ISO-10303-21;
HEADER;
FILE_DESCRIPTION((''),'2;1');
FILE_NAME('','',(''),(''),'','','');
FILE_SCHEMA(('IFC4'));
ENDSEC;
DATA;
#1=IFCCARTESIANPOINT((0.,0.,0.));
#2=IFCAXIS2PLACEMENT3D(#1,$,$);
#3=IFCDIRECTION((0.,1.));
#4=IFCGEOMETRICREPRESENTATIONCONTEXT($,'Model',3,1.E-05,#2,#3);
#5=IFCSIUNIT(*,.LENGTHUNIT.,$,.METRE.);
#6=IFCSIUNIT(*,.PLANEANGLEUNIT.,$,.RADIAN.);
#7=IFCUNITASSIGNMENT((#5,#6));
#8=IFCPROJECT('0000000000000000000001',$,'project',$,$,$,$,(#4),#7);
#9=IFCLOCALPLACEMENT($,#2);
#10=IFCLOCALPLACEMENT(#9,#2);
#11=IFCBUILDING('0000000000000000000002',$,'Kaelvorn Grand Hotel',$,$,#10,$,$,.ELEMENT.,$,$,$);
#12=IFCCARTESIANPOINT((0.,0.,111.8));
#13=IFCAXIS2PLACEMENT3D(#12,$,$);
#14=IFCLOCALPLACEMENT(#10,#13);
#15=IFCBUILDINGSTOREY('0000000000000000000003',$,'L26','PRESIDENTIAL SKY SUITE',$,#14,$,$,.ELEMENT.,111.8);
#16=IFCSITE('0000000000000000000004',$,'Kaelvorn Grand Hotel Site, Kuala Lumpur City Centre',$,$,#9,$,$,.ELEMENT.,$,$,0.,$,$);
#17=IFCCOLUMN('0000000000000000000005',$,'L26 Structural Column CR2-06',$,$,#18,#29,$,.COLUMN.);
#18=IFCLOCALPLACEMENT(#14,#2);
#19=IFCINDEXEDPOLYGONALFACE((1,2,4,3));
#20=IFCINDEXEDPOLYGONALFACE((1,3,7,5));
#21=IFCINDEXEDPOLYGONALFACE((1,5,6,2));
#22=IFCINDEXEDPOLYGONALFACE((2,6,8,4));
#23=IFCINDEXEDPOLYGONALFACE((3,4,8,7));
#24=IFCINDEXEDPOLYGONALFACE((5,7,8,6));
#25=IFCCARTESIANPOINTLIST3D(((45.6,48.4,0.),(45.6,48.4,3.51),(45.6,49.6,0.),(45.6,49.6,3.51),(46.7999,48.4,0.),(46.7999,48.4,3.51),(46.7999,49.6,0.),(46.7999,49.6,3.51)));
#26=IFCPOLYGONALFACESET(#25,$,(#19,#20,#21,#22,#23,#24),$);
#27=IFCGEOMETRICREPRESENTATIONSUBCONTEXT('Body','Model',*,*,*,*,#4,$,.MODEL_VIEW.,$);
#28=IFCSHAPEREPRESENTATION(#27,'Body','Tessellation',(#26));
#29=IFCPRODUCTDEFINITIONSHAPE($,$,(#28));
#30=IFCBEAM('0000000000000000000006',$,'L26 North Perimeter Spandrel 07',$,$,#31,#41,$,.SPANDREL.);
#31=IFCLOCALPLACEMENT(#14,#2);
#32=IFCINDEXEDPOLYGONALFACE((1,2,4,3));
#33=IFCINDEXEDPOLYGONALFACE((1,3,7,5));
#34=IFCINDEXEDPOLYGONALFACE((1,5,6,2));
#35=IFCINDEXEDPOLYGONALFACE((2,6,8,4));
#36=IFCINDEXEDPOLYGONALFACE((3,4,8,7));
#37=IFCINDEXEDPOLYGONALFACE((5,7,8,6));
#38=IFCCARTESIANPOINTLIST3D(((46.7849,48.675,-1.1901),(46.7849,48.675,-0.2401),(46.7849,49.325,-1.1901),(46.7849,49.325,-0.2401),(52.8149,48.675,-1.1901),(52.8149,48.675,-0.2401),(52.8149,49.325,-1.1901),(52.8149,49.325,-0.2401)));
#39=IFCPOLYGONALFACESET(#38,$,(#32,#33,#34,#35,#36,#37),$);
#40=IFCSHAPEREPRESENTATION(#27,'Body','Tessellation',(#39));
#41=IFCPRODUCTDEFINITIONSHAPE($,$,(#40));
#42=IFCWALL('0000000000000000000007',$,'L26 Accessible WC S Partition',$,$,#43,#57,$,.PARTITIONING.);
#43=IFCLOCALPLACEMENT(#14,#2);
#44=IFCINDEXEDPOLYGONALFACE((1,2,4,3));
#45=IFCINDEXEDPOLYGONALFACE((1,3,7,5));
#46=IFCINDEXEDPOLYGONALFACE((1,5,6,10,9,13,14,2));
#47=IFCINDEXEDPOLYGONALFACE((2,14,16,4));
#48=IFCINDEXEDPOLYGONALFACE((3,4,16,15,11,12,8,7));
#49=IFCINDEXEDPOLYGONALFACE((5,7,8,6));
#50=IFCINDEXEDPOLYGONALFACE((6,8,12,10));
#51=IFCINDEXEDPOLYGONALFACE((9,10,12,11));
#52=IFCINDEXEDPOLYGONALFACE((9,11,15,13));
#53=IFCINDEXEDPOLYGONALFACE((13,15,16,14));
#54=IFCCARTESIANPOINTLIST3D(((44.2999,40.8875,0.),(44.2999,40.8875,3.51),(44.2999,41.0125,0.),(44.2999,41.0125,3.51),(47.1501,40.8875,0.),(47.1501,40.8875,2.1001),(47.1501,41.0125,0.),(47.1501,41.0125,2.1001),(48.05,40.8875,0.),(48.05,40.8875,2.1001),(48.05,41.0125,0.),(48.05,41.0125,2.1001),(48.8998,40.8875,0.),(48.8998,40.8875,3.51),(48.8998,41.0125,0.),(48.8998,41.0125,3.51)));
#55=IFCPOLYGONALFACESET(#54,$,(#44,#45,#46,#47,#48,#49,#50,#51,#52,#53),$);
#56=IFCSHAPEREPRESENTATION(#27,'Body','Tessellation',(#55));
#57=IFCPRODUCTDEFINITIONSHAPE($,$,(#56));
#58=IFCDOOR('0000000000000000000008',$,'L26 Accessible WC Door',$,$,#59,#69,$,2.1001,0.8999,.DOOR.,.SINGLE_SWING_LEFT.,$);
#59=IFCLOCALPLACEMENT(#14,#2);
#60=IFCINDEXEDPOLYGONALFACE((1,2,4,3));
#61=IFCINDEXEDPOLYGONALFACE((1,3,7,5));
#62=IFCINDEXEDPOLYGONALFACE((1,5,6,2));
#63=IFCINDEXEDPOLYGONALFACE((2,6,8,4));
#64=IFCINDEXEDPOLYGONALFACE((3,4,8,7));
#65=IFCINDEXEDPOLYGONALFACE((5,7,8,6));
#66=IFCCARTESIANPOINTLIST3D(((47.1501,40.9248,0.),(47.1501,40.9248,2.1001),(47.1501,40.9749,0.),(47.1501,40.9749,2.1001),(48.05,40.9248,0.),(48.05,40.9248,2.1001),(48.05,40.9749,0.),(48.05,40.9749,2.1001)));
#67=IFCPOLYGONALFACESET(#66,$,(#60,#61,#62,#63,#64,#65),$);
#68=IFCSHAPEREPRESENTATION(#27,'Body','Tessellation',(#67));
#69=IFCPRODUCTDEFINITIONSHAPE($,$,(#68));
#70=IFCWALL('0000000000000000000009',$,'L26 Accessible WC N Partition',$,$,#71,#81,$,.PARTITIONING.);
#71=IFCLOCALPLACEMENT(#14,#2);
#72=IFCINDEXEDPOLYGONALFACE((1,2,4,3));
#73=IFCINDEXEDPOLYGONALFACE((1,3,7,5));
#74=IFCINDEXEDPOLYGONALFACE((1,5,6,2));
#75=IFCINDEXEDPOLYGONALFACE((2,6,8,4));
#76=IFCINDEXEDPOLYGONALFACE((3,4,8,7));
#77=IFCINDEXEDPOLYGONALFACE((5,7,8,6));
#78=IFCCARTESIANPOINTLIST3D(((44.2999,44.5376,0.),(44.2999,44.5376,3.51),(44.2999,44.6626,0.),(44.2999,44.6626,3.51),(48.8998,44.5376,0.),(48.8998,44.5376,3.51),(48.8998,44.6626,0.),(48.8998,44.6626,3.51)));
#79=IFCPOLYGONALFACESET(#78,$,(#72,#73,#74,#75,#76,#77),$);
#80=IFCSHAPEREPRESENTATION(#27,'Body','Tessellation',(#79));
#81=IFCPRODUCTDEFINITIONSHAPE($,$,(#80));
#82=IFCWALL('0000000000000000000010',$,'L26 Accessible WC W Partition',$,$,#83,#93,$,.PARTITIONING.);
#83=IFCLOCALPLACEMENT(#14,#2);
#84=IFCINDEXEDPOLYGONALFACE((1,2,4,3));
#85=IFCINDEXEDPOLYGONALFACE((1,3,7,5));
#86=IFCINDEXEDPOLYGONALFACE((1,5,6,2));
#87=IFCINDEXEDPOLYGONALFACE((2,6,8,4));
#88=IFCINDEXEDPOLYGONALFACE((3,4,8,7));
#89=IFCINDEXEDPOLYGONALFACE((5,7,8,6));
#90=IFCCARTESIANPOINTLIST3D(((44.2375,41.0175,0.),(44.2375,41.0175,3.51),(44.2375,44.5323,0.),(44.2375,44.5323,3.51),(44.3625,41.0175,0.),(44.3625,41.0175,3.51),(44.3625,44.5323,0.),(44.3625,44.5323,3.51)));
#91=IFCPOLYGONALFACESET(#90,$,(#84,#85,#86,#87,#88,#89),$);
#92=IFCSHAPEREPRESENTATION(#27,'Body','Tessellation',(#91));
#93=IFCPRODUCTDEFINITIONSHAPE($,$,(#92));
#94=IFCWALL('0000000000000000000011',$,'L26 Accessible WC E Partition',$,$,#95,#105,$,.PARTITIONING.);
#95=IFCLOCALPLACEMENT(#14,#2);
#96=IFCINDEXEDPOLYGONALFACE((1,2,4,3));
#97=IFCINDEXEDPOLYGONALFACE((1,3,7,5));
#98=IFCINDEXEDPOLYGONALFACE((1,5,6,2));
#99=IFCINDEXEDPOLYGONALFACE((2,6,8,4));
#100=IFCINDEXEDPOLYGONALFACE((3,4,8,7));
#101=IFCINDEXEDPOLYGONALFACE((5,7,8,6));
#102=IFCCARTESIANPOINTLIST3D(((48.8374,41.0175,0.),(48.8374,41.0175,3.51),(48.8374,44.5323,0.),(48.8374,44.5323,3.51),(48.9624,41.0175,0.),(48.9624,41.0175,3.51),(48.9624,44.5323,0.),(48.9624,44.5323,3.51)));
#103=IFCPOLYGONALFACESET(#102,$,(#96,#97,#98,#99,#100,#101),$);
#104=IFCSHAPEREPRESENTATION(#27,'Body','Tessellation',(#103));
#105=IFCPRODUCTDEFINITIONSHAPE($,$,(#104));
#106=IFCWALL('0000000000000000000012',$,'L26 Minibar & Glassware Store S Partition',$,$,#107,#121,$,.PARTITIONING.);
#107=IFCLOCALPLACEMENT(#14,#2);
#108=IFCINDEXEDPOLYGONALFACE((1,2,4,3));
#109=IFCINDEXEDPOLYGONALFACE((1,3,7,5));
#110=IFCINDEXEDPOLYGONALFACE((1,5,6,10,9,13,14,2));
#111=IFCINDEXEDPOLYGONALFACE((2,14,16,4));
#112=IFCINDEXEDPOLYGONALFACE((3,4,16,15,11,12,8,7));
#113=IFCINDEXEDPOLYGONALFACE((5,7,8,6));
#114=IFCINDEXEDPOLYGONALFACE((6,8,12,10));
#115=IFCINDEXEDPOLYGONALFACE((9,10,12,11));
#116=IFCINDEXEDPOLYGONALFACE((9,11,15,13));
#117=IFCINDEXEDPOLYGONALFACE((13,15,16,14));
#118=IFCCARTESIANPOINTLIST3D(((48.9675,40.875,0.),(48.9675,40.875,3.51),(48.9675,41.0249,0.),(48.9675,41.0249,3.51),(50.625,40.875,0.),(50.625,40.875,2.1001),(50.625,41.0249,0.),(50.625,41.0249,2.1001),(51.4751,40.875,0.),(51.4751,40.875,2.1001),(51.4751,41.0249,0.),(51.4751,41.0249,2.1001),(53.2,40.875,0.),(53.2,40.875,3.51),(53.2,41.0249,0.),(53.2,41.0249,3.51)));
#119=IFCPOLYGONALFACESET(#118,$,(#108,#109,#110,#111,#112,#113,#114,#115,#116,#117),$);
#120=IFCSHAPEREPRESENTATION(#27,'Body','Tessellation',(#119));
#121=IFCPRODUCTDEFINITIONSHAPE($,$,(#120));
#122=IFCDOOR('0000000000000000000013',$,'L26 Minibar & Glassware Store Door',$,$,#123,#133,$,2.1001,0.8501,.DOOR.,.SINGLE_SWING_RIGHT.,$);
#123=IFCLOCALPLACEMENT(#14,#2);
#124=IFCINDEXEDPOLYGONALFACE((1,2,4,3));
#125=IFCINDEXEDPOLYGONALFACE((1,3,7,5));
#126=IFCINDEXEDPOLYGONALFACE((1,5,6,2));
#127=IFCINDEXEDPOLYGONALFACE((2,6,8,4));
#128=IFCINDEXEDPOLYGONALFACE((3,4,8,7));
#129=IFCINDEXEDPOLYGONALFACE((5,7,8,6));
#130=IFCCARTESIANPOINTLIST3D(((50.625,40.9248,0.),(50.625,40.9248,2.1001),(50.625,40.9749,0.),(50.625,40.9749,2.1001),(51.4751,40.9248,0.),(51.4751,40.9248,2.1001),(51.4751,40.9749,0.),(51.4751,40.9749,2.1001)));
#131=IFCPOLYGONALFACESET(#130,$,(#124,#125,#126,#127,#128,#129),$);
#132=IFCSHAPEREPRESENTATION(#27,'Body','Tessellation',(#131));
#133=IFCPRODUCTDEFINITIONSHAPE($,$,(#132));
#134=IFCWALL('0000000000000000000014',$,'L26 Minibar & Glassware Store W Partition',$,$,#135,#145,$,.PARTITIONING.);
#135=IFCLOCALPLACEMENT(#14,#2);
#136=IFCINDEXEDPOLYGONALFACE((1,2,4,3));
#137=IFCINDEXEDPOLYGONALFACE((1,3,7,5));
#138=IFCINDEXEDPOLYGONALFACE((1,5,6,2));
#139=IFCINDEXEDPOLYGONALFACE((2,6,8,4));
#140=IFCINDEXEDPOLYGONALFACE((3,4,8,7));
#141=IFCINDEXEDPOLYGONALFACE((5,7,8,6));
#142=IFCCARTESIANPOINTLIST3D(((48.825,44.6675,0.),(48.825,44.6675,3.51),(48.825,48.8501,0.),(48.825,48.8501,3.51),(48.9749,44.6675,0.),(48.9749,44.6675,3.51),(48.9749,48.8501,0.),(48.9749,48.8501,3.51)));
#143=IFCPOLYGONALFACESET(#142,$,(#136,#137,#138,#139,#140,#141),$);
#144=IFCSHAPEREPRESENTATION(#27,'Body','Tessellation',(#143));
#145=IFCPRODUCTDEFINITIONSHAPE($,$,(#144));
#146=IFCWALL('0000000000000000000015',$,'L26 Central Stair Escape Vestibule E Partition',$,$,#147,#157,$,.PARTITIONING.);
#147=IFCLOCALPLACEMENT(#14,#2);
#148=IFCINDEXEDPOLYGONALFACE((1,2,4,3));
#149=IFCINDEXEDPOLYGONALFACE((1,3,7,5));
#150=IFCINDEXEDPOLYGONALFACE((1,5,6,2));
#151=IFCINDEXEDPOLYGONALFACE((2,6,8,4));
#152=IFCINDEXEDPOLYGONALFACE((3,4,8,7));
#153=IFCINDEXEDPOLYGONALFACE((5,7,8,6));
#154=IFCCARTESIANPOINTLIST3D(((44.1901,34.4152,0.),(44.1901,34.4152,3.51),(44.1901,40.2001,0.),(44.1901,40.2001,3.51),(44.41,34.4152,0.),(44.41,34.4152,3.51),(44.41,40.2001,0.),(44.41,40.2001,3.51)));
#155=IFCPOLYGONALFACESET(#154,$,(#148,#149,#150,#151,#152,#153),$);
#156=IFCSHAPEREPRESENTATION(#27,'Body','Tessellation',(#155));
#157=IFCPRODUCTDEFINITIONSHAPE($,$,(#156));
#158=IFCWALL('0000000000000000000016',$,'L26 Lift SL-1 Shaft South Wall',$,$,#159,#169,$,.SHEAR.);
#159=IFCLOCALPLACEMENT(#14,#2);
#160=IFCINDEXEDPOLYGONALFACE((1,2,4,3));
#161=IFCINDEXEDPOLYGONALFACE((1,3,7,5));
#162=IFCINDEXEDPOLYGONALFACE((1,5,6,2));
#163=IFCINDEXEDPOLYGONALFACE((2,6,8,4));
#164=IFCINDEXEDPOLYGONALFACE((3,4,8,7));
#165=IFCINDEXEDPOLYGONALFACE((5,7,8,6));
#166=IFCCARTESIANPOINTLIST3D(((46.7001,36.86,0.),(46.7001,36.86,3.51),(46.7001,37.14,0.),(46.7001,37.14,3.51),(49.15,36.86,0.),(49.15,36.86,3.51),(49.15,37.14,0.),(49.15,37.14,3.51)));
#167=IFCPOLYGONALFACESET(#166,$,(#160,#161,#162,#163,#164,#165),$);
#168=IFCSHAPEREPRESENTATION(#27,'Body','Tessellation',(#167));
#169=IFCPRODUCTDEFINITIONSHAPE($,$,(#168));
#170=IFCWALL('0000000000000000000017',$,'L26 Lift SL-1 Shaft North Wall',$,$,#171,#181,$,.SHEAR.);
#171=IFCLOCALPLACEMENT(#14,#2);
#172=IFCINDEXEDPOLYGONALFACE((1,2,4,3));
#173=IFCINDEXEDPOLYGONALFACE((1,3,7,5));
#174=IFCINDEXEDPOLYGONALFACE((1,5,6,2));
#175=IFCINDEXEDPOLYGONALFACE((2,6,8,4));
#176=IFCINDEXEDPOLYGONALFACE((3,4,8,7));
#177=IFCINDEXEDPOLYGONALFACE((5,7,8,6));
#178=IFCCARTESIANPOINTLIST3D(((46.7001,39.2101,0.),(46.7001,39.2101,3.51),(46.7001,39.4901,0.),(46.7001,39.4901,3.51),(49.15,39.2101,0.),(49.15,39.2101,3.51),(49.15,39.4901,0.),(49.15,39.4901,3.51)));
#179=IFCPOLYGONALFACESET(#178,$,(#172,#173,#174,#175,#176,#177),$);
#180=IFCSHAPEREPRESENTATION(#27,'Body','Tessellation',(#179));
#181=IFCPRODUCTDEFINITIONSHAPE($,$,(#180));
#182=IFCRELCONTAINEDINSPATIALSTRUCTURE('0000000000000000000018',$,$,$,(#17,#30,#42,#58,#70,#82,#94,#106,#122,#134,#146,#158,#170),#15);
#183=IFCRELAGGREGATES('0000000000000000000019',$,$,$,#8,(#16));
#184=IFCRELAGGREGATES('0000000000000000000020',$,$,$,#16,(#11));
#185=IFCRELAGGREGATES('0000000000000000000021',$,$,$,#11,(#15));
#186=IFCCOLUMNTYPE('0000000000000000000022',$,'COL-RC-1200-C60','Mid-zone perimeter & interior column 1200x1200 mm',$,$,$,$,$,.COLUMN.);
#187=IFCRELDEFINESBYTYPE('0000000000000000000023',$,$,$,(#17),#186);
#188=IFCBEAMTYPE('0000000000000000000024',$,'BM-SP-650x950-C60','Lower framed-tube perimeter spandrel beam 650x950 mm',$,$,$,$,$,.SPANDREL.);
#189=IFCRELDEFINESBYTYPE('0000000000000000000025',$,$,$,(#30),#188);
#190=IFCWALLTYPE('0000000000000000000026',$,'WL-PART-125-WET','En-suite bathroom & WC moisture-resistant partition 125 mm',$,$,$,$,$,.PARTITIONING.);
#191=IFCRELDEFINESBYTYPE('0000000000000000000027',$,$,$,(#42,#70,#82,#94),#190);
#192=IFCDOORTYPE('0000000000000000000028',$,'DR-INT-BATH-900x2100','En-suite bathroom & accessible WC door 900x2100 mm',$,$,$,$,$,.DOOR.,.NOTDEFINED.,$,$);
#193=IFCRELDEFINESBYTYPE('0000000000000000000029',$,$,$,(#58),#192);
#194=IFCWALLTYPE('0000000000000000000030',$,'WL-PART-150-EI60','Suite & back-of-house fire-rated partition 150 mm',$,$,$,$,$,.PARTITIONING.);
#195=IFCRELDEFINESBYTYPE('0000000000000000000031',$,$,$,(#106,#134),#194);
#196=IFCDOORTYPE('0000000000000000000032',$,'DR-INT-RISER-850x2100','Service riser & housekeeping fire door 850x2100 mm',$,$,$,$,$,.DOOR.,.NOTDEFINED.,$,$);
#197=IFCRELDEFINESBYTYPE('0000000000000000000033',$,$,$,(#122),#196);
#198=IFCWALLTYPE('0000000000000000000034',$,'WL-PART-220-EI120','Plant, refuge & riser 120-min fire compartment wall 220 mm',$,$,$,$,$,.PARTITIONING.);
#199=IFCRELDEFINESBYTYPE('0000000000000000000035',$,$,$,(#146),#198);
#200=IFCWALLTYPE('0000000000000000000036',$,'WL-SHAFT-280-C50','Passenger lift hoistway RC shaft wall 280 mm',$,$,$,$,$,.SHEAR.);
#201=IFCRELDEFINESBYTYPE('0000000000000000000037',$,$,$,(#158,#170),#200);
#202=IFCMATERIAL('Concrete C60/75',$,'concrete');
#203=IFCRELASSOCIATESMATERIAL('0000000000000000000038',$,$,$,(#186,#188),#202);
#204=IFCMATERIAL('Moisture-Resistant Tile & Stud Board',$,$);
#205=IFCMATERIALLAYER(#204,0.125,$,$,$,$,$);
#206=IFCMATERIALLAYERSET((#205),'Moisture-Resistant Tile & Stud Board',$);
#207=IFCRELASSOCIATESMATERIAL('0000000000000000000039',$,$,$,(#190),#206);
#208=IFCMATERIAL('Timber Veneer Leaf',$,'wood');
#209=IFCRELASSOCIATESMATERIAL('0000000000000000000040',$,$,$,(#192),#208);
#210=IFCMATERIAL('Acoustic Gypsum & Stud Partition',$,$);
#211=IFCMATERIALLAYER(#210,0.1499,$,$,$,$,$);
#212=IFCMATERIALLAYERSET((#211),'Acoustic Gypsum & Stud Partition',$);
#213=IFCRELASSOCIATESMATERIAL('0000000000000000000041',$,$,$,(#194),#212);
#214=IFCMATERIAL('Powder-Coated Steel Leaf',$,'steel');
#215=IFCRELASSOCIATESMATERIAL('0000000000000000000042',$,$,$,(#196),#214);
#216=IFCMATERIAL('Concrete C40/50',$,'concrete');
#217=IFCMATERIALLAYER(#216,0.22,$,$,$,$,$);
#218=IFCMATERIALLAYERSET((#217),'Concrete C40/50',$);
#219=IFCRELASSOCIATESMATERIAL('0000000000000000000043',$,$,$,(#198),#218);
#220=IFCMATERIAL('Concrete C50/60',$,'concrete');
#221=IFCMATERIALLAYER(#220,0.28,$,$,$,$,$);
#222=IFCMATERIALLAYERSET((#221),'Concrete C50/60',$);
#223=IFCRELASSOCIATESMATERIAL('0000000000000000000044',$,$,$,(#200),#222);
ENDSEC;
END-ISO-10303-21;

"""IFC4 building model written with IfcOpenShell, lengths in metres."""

from ifc_helpers import new_model, si_unit, direction, frame, frame_2d, origin, origin_2d, place, context, subcontext, project, spatial, rectangle, extrude, material, layer, layer_set, material_profile, profile_set, type_object, element, fill, save


model = new_model("IFC4")

# Units and contexts
model_context = context("Model", 3, precision=1e-05, world=origin(), true_north=direction((0.0, 1.0)))
body_context = subcontext(model_context, "Body", "Model", "MODEL_VIEW")
ifc_project = project(units=[si_unit("LENGTHUNIT", "METRE"), si_unit("PLANEANGLEUNIT", "RADIAN")], contexts=[model_context])

# Site, building, storey
site_placement = place(None, origin())
site = spatial("IfcSite", under=ifc_project, at=site_placement, Name="Kaelvorn Grand Hotel Site, Kuala Lumpur City Centre", CompositionType="ELEMENT", RefElevation=0.0)
building_placement = place(site_placement, origin())
building = spatial("IfcBuilding", under=site, at=building_placement, Name="Kaelvorn Grand Hotel", CompositionType="ELEMENT")
storey_placement = place(building_placement, frame((0.0, 0.0, 111.8)))
storey = spatial("IfcBuildingStorey", under=building, at=storey_placement, Name="L26", Description="PRESIDENTIAL SKY SUITE", CompositionType="ELEMENT", Elevation=111.8)

# Column
ifc_material_1 = material(Name="Concrete C60/75", Category="concrete")
ifc_material_profile_1 = material_profile(ifc_material_1, rectangle(XDim=1.2, YDim=1.2, at=origin_2d()), Name="RC COL 1200x1200")
ifc_profile_set_1 = profile_set([ifc_material_profile_1], Name="Concrete C60/75")
column_type = type_object("IfcColumnType", Name="COL-RC-1200-C60", Description="Mid-zone perimeter & interior column 1200x1200 mm", PredefinedType="COLUMN", material=ifc_profile_set_1)
column_placement = place(storey_placement, frame((46.2, 49.0, 0.0), z_axis=(0.0, 0.0, 1.0), x_axis=(1.0, 0.0, 0.0)))
element("IfcColumn", 1, at=column_placement, inside=storey, type_object=column_type, Name="L26 Structural Column CR2-06", PredefinedType="COLUMN", context=body_context, shape_type="SweptSolid", body=[
    extrude(rectangle(XDim=1.2, YDim=1.2, at=origin_2d()), origin(), (0.0, 0.0, 1.0), 3.51),
])

# Beam
ifc_material_profile_2 = material_profile(ifc_material_1, rectangle(XDim=0.6499, YDim=0.95, at=origin_2d()), Name="RC SPANDREL 650x950")
ifc_profile_set_2 = profile_set([ifc_material_profile_2], Name="Concrete C60/75")
beam_type = type_object("IfcBeamType", Name="BM-SP-650x950-C60", Description="Lower framed-tube perimeter spandrel beam 650x950 mm", PredefinedType="SPANDREL", material=ifc_profile_set_2)
beam_placement = place(storey_placement, frame((46.7849, 49.0, -0.7151), z_axis=(1.0, 0.0, 0.0), x_axis=(0.0, 1.0, 0.0)))
element("IfcBeam", 2, at=beam_placement, inside=storey, type_object=beam_type, Name="L26 North Perimeter Spandrel 07", PredefinedType="SPANDREL", context=body_context, shape_type="SweptSolid", body=[
    extrude(rectangle(XDim=0.6499, YDim=0.95, at=origin_2d()), origin(), (0.0, 0.0, 1.0), 6.03),
])

# Wall, opening, door
ifc_material_2 = material(Name="Moisture-Resistant Tile & Stud Board")
ifc_layer_1 = layer(ifc_material_2, 0.125)
ifc_layer_set_1 = layer_set([ifc_layer_1], Name="Moisture-Resistant Tile & Stud Board")
wall_type_1 = type_object("IfcWallType", Name="WL-PART-125-WET", Description="En-suite bathroom & WC moisture-resistant partition 125 mm", PredefinedType="PARTITIONING", material=ifc_layer_set_1)
wall_1_placement = place(storey_placement, frame((44.3, 40.95, 0.0), z_axis=(0.0, 0.0, 1.0), x_axis=(1.0, 0.0, 0.0)))
wall_1 = element("IfcWall", 3, at=wall_1_placement, inside=storey, type_object=wall_type_1, Name="L26 Accessible WC S Partition", PredefinedType="PARTITIONING", context=body_context, shape_type="SweptSolid", body=[
    extrude(rectangle(XDim=4.5999, YDim=0.125, at=frame_2d((2.2998, 0.0))), origin(), (0.0, 0.0, 1.0), 3.51),
])
opening_1_placement = place(wall_1_placement, frame((2.8501, 0.0, 0.0)))
opening_1 = element("IfcOpeningElement", 4, at=opening_1_placement, cuts=wall_1, PredefinedType="OPENING", context=body_context, shape_type="SweptSolid", body=[
    extrude(rectangle(XDim=0.8999, YDim=2.1001, at=frame_2d((0.45, 1.05))), frame((0.0, 0.0725, 0.0), z_axis=(0.0, -1.0, 0.0), x_axis=(1.0, 0.0, 0.0)), (0.0, 0.0, 1.0), 0.145),
])
ifc_material_3 = material(Name="Timber Veneer Leaf", Category="wood")
door_type_1 = type_object("IfcDoorType", Name="DR-INT-BATH-900x2100", Description="En-suite bathroom & accessible WC door 900x2100 mm", OperationType="NOTDEFINED", PredefinedType="DOOR", material=ifc_material_3)
door_1_placement = place(opening_1_placement, origin())
door_1 = element("IfcDoor", 5, at=door_1_placement, inside=storey, type_object=door_type_1, Name="L26 Accessible WC Door", OperationType="SINGLE_SWING_LEFT", OverallHeight=2.1001, OverallWidth=0.8999, PredefinedType="DOOR", context=body_context, shape_type="SweptSolid", body=[
    extrude(rectangle(XDim=0.8999, YDim=2.1001, at=frame_2d((0.45, 1.05))), frame((0.0, 0.0249, 0.0), z_axis=(0.0, -1.0, 0.0), x_axis=(1.0, 0.0, 0.0)), (0.0, 0.0, 1.0), 0.05),
])
fill(opening_1, door_1)

# Walls
wall_2_placement = place(storey_placement, frame((44.3, 44.6001, 0.0), z_axis=(0.0, 0.0, 1.0), x_axis=(1.0, 0.0, 0.0)))
element("IfcWall", 6, at=wall_2_placement, inside=storey, type_object=wall_type_1, Name="L26 Accessible WC N Partition", PredefinedType="PARTITIONING", context=body_context, shape_type="SweptSolid", body=[
    extrude(rectangle(XDim=4.5999, YDim=0.125, at=frame_2d((2.2998, 0.0))), origin(), (0.0, 0.0, 1.0), 3.51),
])
for number, where, z_axis, x_axis, name in (
    (7, (44.3, 41.0176, 0.0), (0.0, 0.0, 1.0), (0.0, 1.0, 0.0), "L26 Accessible WC W Partition"),
    (8, (48.8999, 41.0176, 0.0), (0.0, 0.0, 1.0), (0.0, 1.0, 0.0), "L26 Accessible WC E Partition"),
):
    element("IfcWall", number, at=place(storey_placement, frame(where, z_axis=z_axis, x_axis=x_axis)), inside=storey, type_object=wall_type_1, Name=name, PredefinedType="PARTITIONING", context=body_context, shape_type="SweptSolid", body=[
        extrude(rectangle(XDim=3.5149, YDim=0.125, at=frame_2d((1.7573, 0.0))), origin(), (0.0, 0.0, 1.0), 3.51),
    ])

# Wall, opening, door
ifc_material_4 = material(Name="Acoustic Gypsum & Stud Partition")
ifc_layer_2 = layer(ifc_material_4, 0.1499)
ifc_layer_set_2 = layer_set([ifc_layer_2], Name="Acoustic Gypsum & Stud Partition")
wall_type_2 = type_object("IfcWallType", Name="WL-PART-150-EI60", Description="Suite & back-of-house fire-rated partition 150 mm", PredefinedType="PARTITIONING", material=ifc_layer_set_2)
wall_3_placement = place(storey_placement, frame((48.9675, 40.95, 0.0), z_axis=(0.0, 0.0, 1.0), x_axis=(1.0, 0.0, 0.0)))
wall_3 = element("IfcWall", 9, at=wall_3_placement, inside=storey, type_object=wall_type_2, Name="L26 Minibar & Glassware Store S Partition", PredefinedType="PARTITIONING", context=body_context, shape_type="SweptSolid", body=[
    extrude(rectangle(XDim=4.2324, YDim=0.1499, at=frame_2d((2.1162, 0.0))), origin(), (0.0, 0.0, 1.0), 3.51),
])
opening_2_placement = place(wall_3_placement, frame((1.6575, 0.0, 0.0)))
opening_2 = element("IfcOpeningElement", 10, at=opening_2_placement, cuts=wall_3, PredefinedType="OPENING", context=body_context, shape_type="SweptSolid", body=[
    extrude(rectangle(XDim=0.8501, YDim=2.1001, at=frame_2d((0.425, 1.05))), frame((0.0, 0.085, 0.0), z_axis=(0.0, -1.0, 0.0), x_axis=(1.0, 0.0, 0.0)), (0.0, 0.0, 1.0), 0.1699),
])
ifc_material_5 = material(Name="Powder-Coated Steel Leaf", Category="steel")
door_type_2 = type_object("IfcDoorType", Name="DR-INT-RISER-850x2100", Description="Service riser & housekeeping fire door 850x2100 mm", OperationType="NOTDEFINED", PredefinedType="DOOR", material=ifc_material_5)
door_2_placement = place(opening_2_placement, origin())
door_2 = element("IfcDoor", 11, at=door_2_placement, inside=storey, type_object=door_type_2, Name="L26 Minibar & Glassware Store Door", OperationType="SINGLE_SWING_RIGHT", OverallHeight=2.1001, OverallWidth=0.8501, PredefinedType="DOOR", context=body_context, shape_type="SweptSolid", body=[
    extrude(rectangle(XDim=0.8501, YDim=2.1001, at=frame_2d((0.425, 1.05))), frame((0.0, 0.0249, 0.0), z_axis=(0.0, -1.0, 0.0), x_axis=(1.0, 0.0, 0.0)), (0.0, 0.0, 1.0), 0.05),
])
fill(opening_2, door_2)

# Walls
wall_4_placement = place(storey_placement, frame((48.8999, 44.6675, 0.0), z_axis=(0.0, 0.0, 1.0), x_axis=(0.0, 1.0, 0.0)))
element("IfcWall", 12, at=wall_4_placement, inside=storey, type_object=wall_type_2, Name="L26 Minibar & Glassware Store W Partition", PredefinedType="PARTITIONING", context=body_context, shape_type="SweptSolid", body=[
    extrude(rectangle(XDim=4.1826, YDim=0.1499, at=frame_2d((2.0913, 0.0))), origin(), (0.0, 0.0, 1.0), 3.51),
])
ifc_material_6 = material(Name="Concrete C40/50", Category="concrete")
ifc_layer_3 = layer(ifc_material_6, 0.22)
ifc_layer_set_3 = layer_set([ifc_layer_3], Name="Concrete C40/50")
wall_type_3 = type_object("IfcWallType", Name="WL-PART-220-EI120", Description="Plant, refuge & riser 120-min fire compartment wall 220 mm", PredefinedType="PARTITIONING", material=ifc_layer_set_3)
wall_5_placement = place(storey_placement, frame((44.3, 34.415, 0.0), z_axis=(0.0, 0.0, 1.0), x_axis=(0.0, 1.0, 0.0)))
element("IfcWall", 13, at=wall_5_placement, inside=storey, type_object=wall_type_3, Name="L26 Central Stair Escape Vestibule E Partition", PredefinedType="PARTITIONING", context=body_context, shape_type="SweptSolid", body=[
    extrude(rectangle(XDim=5.7849, YDim=0.22, at=frame_2d((2.8926, 0.0))), origin(), (0.0, 0.0, 1.0), 3.51),
])
ifc_material_7 = material(Name="Concrete C50/60", Category="concrete")
ifc_layer_4 = layer(ifc_material_7, 0.28)
ifc_layer_set_4 = layer_set([ifc_layer_4], Name="Concrete C50/60")
wall_type_4 = type_object("IfcWallType", Name="WL-SHAFT-280-C50", Description="Passenger lift hoistway RC shaft wall 280 mm", PredefinedType="SHEAR", material=ifc_layer_set_4)
for number, where, z_axis, x_axis, name in (
    (14, (46.7, 37.0, 0.0), (0.0, 0.0, 1.0), (1.0, 0.0, 0.0), "L26 Lift SL-1 Shaft South Wall"),
    (15, (46.7, 39.3501, 0.0), (0.0, 0.0, 1.0), (1.0, 0.0, 0.0), "L26 Lift SL-1 Shaft North Wall"),
):
    element("IfcWall", number, at=place(storey_placement, frame(where, z_axis=z_axis, x_axis=x_axis)), inside=storey, type_object=wall_type_4, Name=name, PredefinedType="SHEAR", context=body_context, shape_type="SweptSolid", body=[
        extrude(rectangle(XDim=2.45, YDim=0.28, at=frame_2d((1.2251, 0.0))), origin(), (0.0, 0.0, 1.0), 3.51),
    ])

save(model, "model.ifc")
